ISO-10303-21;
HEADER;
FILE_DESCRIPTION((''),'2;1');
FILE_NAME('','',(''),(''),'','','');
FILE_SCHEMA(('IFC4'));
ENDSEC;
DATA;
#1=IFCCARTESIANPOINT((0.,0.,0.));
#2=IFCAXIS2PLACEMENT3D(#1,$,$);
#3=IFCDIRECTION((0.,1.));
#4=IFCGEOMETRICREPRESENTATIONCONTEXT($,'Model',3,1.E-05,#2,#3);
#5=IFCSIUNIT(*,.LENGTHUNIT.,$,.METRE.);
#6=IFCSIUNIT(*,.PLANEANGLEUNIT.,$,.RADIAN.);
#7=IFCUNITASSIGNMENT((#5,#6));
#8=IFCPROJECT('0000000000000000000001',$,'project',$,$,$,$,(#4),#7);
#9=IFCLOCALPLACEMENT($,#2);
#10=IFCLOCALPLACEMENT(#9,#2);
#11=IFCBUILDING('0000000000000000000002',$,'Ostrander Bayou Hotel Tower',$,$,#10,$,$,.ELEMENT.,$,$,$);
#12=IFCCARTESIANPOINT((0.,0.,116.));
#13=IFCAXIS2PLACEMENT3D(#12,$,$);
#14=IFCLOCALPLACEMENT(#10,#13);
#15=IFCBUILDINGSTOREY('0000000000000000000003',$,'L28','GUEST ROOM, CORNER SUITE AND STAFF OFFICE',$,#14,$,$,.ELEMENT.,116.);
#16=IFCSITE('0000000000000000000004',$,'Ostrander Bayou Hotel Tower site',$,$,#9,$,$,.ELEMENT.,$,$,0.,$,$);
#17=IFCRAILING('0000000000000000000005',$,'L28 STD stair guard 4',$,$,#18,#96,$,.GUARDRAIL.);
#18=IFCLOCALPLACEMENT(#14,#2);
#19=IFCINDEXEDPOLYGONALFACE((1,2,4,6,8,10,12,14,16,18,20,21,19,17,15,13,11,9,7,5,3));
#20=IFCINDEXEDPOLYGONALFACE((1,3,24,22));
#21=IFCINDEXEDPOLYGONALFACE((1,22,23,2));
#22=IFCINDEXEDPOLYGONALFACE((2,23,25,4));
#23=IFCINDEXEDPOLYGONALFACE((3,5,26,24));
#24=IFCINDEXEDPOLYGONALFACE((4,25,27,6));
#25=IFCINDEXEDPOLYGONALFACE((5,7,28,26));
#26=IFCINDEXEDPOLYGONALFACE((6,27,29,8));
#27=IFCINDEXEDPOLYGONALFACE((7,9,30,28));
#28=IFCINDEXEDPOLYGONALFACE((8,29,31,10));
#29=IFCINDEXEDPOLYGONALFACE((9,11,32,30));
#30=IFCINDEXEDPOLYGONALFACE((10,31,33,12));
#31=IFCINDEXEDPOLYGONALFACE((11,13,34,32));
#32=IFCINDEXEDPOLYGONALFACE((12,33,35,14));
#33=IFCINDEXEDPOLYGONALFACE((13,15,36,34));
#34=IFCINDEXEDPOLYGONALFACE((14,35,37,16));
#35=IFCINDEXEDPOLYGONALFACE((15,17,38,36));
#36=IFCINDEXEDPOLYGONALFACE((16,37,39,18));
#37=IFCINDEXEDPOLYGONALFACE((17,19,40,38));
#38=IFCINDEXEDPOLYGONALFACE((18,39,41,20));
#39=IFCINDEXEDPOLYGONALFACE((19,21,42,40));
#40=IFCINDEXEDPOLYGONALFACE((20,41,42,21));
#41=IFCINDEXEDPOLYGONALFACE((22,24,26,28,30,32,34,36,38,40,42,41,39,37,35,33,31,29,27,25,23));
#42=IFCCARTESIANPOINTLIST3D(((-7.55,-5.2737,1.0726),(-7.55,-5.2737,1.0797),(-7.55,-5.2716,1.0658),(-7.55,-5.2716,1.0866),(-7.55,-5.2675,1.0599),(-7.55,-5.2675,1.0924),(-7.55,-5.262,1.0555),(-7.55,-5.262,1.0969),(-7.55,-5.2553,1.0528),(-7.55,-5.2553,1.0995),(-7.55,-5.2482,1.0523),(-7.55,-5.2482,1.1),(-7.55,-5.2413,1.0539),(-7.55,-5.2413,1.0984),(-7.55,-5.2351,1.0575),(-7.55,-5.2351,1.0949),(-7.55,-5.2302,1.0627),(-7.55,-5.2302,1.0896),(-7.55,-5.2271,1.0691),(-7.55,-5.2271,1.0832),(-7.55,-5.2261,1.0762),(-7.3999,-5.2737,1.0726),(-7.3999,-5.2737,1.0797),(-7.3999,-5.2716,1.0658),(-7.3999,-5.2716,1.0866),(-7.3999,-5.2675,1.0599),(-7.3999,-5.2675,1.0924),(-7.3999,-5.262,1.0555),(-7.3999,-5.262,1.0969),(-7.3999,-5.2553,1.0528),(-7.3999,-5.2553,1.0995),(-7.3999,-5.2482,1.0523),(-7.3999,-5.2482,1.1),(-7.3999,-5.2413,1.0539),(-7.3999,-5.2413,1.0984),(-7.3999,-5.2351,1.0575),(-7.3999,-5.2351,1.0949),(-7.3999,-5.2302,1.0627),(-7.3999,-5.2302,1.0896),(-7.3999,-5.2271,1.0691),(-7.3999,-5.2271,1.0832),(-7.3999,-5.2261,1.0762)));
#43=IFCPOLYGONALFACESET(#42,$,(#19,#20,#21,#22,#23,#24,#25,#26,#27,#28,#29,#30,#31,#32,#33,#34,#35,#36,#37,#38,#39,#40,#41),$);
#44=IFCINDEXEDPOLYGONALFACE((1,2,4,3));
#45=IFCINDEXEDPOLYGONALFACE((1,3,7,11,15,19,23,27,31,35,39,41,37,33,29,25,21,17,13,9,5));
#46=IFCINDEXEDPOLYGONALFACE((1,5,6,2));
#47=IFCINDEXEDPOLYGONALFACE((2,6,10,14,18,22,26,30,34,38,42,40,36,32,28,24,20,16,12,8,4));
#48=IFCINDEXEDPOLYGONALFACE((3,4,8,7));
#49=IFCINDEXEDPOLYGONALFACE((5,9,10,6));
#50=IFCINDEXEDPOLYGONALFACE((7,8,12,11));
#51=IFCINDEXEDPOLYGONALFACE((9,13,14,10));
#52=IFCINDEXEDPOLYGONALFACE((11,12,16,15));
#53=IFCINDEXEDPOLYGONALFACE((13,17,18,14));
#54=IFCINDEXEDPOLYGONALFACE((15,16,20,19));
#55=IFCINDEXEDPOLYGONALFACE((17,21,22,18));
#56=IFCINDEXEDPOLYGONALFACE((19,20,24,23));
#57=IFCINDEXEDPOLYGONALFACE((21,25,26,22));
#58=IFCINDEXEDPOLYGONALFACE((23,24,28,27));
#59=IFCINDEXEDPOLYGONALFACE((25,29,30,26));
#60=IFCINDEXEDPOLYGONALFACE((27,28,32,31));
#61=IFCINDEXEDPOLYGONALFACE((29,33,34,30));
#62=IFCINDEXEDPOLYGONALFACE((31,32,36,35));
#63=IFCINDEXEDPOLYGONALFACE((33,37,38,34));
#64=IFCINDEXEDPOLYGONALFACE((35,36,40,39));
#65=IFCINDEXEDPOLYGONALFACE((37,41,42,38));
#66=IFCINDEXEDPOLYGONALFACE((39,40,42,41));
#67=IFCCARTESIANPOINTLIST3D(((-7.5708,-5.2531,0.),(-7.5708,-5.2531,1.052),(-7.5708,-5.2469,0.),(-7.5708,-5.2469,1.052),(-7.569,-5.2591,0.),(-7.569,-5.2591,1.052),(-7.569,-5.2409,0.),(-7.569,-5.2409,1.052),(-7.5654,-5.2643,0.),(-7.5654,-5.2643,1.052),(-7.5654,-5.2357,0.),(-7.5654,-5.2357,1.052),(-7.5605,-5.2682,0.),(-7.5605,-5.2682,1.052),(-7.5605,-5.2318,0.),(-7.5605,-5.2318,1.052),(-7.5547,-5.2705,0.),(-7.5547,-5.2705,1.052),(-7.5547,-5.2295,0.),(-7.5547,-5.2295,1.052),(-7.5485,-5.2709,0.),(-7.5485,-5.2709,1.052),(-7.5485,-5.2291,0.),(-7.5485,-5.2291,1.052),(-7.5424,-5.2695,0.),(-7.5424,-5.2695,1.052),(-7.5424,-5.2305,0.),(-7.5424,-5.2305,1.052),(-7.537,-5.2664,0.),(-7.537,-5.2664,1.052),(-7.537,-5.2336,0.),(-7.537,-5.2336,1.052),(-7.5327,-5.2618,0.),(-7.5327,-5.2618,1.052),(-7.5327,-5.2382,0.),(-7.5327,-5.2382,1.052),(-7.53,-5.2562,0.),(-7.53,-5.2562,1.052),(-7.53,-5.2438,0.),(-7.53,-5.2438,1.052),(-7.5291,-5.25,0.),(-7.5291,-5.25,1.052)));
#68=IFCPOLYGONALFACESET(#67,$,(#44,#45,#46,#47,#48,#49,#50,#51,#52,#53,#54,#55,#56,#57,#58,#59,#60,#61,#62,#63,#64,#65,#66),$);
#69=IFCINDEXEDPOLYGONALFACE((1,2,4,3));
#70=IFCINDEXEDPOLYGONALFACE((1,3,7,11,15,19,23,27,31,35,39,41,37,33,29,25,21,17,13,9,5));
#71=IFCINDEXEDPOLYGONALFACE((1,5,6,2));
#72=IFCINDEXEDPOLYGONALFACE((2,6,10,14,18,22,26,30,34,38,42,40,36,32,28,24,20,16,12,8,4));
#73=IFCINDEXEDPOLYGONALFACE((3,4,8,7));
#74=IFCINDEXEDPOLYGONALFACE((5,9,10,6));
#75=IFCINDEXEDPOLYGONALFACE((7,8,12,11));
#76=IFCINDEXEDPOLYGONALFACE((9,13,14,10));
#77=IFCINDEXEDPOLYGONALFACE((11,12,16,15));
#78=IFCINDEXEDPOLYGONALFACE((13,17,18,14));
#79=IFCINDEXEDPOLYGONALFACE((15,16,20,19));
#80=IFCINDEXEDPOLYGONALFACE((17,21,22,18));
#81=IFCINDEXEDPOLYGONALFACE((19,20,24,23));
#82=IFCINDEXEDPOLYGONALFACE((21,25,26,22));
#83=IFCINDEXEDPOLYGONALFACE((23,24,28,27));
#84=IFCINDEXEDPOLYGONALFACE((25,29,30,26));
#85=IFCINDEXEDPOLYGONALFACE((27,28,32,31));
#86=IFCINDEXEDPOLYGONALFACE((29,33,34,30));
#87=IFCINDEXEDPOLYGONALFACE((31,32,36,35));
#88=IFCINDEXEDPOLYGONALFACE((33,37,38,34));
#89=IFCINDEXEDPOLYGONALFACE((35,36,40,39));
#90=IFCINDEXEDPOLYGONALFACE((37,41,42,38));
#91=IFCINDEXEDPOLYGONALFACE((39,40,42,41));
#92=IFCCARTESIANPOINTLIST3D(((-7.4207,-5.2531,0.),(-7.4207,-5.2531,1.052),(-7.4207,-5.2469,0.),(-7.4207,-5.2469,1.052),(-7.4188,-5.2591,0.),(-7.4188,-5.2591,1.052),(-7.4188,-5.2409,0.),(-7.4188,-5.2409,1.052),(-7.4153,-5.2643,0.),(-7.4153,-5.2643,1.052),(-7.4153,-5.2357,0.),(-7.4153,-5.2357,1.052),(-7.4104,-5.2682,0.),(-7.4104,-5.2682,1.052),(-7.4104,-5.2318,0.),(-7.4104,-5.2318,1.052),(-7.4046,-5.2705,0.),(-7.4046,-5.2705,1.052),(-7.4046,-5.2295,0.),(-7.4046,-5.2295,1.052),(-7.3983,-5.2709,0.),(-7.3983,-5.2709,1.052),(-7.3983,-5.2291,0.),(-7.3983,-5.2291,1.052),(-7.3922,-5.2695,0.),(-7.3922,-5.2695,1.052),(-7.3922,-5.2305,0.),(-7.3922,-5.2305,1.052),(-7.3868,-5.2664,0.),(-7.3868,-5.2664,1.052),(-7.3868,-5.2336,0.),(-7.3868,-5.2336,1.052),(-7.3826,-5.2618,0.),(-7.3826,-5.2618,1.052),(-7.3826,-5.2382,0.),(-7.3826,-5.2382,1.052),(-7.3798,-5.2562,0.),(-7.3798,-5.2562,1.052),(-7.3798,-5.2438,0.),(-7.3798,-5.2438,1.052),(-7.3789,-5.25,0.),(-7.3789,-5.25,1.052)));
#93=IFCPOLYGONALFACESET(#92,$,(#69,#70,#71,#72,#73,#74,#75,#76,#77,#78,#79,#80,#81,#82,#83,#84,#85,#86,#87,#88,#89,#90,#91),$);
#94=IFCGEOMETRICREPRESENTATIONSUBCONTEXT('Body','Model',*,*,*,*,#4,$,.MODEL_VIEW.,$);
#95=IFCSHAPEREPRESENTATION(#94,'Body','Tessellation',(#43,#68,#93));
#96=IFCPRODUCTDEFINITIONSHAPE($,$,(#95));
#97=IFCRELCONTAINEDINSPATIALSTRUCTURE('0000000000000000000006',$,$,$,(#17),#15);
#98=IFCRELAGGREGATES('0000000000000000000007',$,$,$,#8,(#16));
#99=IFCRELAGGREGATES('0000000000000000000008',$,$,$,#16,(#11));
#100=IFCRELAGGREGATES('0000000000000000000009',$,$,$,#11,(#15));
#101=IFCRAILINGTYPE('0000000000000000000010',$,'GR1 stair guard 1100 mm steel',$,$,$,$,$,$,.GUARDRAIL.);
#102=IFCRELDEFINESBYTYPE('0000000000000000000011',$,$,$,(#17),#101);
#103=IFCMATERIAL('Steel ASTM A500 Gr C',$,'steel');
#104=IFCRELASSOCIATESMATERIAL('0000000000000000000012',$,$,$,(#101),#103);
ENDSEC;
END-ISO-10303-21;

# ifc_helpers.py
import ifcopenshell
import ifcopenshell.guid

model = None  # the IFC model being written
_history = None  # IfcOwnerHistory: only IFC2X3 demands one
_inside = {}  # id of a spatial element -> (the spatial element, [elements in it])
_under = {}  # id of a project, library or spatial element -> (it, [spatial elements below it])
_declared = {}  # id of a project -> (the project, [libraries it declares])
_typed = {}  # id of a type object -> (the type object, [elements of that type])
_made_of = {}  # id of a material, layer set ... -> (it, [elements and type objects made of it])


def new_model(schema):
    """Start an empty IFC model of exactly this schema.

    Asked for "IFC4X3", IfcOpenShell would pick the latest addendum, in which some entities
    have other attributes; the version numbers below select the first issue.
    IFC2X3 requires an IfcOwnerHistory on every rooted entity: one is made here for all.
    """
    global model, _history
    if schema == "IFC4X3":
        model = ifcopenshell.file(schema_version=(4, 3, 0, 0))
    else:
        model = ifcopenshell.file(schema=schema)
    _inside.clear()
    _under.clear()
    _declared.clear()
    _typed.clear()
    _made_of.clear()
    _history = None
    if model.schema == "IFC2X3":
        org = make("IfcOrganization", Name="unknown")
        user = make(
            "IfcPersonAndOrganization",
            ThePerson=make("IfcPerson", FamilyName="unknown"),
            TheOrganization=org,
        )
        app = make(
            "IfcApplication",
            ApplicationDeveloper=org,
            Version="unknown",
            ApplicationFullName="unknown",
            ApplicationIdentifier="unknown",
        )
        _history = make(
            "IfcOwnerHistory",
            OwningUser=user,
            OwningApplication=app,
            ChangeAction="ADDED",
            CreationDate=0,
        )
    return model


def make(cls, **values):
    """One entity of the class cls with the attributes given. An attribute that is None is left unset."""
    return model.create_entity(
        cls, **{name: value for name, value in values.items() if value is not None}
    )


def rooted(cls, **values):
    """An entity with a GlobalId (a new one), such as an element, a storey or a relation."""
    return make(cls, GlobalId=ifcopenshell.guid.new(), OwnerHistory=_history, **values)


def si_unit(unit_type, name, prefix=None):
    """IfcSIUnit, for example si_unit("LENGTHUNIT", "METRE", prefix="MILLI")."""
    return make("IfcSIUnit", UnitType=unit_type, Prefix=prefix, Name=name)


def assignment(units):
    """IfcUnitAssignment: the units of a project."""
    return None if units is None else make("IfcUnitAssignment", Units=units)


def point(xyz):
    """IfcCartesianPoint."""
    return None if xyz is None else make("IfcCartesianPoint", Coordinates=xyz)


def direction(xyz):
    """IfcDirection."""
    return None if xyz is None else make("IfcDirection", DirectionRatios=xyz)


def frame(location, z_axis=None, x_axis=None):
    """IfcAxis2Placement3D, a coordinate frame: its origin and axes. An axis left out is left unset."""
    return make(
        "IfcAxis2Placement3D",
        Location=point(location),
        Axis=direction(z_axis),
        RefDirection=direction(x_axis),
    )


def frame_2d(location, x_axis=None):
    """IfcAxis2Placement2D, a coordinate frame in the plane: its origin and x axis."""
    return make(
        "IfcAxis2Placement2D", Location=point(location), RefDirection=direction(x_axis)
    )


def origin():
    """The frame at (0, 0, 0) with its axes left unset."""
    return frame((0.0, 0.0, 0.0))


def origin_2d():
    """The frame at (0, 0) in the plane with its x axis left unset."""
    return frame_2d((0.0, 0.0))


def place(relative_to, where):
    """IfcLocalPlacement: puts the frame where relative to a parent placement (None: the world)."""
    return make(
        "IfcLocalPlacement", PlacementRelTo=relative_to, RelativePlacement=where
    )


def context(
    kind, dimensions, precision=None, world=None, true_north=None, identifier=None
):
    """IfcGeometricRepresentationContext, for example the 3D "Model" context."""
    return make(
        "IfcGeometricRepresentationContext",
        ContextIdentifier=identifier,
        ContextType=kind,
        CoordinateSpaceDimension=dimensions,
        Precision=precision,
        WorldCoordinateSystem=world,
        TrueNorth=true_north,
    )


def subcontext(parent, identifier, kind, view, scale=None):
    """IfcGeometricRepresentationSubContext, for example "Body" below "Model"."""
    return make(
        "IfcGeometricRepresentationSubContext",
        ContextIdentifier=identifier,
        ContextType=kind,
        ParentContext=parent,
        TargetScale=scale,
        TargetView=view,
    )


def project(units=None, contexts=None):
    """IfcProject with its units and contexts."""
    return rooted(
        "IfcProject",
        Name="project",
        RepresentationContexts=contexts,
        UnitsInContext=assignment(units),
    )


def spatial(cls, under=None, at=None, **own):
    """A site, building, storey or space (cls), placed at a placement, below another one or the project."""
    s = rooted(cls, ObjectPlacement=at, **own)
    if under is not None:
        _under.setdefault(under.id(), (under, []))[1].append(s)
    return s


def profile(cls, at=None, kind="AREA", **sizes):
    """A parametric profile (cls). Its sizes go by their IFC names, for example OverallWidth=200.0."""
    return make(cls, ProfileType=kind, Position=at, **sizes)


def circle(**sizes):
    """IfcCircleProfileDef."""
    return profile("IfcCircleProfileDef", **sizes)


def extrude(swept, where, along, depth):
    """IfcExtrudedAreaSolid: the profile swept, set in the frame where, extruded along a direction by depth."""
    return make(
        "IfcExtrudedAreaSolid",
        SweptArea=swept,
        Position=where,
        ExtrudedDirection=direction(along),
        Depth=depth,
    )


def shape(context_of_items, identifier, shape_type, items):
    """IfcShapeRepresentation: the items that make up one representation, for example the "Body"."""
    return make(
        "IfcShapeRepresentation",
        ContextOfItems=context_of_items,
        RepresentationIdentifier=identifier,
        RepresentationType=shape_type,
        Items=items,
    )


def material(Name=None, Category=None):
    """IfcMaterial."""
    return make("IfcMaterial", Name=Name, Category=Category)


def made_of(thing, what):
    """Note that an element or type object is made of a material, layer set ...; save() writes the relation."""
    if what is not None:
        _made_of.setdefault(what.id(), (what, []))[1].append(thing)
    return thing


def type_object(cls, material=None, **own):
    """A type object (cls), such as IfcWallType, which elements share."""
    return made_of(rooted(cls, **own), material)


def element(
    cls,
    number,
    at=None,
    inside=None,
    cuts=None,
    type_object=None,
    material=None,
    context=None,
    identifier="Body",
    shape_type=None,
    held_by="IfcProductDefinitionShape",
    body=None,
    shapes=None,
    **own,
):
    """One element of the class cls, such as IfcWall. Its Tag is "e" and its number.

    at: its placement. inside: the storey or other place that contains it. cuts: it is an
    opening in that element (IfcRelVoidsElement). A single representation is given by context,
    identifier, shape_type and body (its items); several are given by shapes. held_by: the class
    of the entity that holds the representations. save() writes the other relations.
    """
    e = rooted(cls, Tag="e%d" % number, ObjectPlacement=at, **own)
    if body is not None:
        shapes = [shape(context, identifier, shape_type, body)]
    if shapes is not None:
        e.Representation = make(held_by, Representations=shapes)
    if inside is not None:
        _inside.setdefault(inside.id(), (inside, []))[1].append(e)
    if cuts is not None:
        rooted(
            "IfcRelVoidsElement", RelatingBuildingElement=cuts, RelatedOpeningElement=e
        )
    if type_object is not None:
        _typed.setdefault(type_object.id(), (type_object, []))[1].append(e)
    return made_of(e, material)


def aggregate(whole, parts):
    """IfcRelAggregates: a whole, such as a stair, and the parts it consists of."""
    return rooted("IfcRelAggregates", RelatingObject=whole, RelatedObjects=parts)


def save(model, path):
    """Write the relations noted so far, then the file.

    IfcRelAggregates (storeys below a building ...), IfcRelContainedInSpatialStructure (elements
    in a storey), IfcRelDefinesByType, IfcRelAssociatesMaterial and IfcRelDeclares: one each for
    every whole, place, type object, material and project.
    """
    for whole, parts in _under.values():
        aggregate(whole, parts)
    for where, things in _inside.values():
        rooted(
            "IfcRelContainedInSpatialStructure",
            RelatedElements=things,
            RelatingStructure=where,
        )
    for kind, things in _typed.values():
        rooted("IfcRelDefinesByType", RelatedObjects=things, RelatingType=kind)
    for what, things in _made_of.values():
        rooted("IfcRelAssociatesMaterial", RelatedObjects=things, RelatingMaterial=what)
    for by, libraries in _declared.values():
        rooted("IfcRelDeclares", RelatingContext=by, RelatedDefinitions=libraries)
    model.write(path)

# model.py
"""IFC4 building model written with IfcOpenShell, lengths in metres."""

from ifc_helpers import new_model, si_unit, direction, frame, origin, origin_2d, place, context, subcontext, project, spatial, circle, extrude, material, type_object, element, save


model = new_model("IFC4")

# Units and contexts
model_context = context("Model", 3, precision=1e-05, world=origin(), true_north=direction((0.0, 1.0)))
body_context = subcontext(model_context, "Body", "Model", "MODEL_VIEW")
ifc_project = project(units=[si_unit("LENGTHUNIT", "METRE"), si_unit("PLANEANGLEUNIT", "RADIAN")], contexts=[model_context])

# Site, building, storey
site_placement = place(None, origin())
site = spatial("IfcSite", under=ifc_project, at=site_placement, Name="Ostrander Bayou Hotel Tower site", CompositionType="ELEMENT", RefElevation=0.0)
building_placement = place(site_placement, origin())
building = spatial("IfcBuilding", under=site, at=building_placement, Name="Ostrander Bayou Hotel Tower", CompositionType="ELEMENT")
storey_placement = place(building_placement, frame((0.0, 0.0, 116.0)))
storey = spatial("IfcBuildingStorey", under=building, at=storey_placement, Name="L28", Description="GUEST ROOM, CORNER SUITE AND STAFF OFFICE", CompositionType="ELEMENT", Elevation=116.0)

# Railing
ifc_material_1 = material(Name="Steel ASTM A500 Gr C", Category="steel")
railing_type_1 = type_object("IfcRailingType", Name="GR1 stair guard 1100 mm steel", PredefinedType="GUARDRAIL", material=ifc_material_1)
railing_1_placement = place(storey_placement, frame((-7.55, -5.25, 0.0)))
element("IfcRailing", 1, at=railing_1_placement, inside=storey, type_object=railing_type_1, Name="L28 STD stair guard 4", PredefinedType="GUARDRAIL", context=body_context, shape_type="SweptSolid", body=[
    extrude(circle(Radius=0.0239, at=origin_2d()), frame((0.0, 0.0, 1.0762), z_axis=(1.0, 0.0, 0.0), x_axis=(0.0, 1.0, 0.0)), (0.0, 0.0, 1.0), 0.1501),
    extrude(circle(Radius=0.021, at=origin_2d()), origin(), (0.0, 0.0, 1.0), 1.052),
    extrude(circle(Radius=0.021, at=origin_2d()), frame((0.1501, 0.0, 0.0)), (0.0, 0.0, 1.0), 1.052),
])

save(model, "model.ifc")
